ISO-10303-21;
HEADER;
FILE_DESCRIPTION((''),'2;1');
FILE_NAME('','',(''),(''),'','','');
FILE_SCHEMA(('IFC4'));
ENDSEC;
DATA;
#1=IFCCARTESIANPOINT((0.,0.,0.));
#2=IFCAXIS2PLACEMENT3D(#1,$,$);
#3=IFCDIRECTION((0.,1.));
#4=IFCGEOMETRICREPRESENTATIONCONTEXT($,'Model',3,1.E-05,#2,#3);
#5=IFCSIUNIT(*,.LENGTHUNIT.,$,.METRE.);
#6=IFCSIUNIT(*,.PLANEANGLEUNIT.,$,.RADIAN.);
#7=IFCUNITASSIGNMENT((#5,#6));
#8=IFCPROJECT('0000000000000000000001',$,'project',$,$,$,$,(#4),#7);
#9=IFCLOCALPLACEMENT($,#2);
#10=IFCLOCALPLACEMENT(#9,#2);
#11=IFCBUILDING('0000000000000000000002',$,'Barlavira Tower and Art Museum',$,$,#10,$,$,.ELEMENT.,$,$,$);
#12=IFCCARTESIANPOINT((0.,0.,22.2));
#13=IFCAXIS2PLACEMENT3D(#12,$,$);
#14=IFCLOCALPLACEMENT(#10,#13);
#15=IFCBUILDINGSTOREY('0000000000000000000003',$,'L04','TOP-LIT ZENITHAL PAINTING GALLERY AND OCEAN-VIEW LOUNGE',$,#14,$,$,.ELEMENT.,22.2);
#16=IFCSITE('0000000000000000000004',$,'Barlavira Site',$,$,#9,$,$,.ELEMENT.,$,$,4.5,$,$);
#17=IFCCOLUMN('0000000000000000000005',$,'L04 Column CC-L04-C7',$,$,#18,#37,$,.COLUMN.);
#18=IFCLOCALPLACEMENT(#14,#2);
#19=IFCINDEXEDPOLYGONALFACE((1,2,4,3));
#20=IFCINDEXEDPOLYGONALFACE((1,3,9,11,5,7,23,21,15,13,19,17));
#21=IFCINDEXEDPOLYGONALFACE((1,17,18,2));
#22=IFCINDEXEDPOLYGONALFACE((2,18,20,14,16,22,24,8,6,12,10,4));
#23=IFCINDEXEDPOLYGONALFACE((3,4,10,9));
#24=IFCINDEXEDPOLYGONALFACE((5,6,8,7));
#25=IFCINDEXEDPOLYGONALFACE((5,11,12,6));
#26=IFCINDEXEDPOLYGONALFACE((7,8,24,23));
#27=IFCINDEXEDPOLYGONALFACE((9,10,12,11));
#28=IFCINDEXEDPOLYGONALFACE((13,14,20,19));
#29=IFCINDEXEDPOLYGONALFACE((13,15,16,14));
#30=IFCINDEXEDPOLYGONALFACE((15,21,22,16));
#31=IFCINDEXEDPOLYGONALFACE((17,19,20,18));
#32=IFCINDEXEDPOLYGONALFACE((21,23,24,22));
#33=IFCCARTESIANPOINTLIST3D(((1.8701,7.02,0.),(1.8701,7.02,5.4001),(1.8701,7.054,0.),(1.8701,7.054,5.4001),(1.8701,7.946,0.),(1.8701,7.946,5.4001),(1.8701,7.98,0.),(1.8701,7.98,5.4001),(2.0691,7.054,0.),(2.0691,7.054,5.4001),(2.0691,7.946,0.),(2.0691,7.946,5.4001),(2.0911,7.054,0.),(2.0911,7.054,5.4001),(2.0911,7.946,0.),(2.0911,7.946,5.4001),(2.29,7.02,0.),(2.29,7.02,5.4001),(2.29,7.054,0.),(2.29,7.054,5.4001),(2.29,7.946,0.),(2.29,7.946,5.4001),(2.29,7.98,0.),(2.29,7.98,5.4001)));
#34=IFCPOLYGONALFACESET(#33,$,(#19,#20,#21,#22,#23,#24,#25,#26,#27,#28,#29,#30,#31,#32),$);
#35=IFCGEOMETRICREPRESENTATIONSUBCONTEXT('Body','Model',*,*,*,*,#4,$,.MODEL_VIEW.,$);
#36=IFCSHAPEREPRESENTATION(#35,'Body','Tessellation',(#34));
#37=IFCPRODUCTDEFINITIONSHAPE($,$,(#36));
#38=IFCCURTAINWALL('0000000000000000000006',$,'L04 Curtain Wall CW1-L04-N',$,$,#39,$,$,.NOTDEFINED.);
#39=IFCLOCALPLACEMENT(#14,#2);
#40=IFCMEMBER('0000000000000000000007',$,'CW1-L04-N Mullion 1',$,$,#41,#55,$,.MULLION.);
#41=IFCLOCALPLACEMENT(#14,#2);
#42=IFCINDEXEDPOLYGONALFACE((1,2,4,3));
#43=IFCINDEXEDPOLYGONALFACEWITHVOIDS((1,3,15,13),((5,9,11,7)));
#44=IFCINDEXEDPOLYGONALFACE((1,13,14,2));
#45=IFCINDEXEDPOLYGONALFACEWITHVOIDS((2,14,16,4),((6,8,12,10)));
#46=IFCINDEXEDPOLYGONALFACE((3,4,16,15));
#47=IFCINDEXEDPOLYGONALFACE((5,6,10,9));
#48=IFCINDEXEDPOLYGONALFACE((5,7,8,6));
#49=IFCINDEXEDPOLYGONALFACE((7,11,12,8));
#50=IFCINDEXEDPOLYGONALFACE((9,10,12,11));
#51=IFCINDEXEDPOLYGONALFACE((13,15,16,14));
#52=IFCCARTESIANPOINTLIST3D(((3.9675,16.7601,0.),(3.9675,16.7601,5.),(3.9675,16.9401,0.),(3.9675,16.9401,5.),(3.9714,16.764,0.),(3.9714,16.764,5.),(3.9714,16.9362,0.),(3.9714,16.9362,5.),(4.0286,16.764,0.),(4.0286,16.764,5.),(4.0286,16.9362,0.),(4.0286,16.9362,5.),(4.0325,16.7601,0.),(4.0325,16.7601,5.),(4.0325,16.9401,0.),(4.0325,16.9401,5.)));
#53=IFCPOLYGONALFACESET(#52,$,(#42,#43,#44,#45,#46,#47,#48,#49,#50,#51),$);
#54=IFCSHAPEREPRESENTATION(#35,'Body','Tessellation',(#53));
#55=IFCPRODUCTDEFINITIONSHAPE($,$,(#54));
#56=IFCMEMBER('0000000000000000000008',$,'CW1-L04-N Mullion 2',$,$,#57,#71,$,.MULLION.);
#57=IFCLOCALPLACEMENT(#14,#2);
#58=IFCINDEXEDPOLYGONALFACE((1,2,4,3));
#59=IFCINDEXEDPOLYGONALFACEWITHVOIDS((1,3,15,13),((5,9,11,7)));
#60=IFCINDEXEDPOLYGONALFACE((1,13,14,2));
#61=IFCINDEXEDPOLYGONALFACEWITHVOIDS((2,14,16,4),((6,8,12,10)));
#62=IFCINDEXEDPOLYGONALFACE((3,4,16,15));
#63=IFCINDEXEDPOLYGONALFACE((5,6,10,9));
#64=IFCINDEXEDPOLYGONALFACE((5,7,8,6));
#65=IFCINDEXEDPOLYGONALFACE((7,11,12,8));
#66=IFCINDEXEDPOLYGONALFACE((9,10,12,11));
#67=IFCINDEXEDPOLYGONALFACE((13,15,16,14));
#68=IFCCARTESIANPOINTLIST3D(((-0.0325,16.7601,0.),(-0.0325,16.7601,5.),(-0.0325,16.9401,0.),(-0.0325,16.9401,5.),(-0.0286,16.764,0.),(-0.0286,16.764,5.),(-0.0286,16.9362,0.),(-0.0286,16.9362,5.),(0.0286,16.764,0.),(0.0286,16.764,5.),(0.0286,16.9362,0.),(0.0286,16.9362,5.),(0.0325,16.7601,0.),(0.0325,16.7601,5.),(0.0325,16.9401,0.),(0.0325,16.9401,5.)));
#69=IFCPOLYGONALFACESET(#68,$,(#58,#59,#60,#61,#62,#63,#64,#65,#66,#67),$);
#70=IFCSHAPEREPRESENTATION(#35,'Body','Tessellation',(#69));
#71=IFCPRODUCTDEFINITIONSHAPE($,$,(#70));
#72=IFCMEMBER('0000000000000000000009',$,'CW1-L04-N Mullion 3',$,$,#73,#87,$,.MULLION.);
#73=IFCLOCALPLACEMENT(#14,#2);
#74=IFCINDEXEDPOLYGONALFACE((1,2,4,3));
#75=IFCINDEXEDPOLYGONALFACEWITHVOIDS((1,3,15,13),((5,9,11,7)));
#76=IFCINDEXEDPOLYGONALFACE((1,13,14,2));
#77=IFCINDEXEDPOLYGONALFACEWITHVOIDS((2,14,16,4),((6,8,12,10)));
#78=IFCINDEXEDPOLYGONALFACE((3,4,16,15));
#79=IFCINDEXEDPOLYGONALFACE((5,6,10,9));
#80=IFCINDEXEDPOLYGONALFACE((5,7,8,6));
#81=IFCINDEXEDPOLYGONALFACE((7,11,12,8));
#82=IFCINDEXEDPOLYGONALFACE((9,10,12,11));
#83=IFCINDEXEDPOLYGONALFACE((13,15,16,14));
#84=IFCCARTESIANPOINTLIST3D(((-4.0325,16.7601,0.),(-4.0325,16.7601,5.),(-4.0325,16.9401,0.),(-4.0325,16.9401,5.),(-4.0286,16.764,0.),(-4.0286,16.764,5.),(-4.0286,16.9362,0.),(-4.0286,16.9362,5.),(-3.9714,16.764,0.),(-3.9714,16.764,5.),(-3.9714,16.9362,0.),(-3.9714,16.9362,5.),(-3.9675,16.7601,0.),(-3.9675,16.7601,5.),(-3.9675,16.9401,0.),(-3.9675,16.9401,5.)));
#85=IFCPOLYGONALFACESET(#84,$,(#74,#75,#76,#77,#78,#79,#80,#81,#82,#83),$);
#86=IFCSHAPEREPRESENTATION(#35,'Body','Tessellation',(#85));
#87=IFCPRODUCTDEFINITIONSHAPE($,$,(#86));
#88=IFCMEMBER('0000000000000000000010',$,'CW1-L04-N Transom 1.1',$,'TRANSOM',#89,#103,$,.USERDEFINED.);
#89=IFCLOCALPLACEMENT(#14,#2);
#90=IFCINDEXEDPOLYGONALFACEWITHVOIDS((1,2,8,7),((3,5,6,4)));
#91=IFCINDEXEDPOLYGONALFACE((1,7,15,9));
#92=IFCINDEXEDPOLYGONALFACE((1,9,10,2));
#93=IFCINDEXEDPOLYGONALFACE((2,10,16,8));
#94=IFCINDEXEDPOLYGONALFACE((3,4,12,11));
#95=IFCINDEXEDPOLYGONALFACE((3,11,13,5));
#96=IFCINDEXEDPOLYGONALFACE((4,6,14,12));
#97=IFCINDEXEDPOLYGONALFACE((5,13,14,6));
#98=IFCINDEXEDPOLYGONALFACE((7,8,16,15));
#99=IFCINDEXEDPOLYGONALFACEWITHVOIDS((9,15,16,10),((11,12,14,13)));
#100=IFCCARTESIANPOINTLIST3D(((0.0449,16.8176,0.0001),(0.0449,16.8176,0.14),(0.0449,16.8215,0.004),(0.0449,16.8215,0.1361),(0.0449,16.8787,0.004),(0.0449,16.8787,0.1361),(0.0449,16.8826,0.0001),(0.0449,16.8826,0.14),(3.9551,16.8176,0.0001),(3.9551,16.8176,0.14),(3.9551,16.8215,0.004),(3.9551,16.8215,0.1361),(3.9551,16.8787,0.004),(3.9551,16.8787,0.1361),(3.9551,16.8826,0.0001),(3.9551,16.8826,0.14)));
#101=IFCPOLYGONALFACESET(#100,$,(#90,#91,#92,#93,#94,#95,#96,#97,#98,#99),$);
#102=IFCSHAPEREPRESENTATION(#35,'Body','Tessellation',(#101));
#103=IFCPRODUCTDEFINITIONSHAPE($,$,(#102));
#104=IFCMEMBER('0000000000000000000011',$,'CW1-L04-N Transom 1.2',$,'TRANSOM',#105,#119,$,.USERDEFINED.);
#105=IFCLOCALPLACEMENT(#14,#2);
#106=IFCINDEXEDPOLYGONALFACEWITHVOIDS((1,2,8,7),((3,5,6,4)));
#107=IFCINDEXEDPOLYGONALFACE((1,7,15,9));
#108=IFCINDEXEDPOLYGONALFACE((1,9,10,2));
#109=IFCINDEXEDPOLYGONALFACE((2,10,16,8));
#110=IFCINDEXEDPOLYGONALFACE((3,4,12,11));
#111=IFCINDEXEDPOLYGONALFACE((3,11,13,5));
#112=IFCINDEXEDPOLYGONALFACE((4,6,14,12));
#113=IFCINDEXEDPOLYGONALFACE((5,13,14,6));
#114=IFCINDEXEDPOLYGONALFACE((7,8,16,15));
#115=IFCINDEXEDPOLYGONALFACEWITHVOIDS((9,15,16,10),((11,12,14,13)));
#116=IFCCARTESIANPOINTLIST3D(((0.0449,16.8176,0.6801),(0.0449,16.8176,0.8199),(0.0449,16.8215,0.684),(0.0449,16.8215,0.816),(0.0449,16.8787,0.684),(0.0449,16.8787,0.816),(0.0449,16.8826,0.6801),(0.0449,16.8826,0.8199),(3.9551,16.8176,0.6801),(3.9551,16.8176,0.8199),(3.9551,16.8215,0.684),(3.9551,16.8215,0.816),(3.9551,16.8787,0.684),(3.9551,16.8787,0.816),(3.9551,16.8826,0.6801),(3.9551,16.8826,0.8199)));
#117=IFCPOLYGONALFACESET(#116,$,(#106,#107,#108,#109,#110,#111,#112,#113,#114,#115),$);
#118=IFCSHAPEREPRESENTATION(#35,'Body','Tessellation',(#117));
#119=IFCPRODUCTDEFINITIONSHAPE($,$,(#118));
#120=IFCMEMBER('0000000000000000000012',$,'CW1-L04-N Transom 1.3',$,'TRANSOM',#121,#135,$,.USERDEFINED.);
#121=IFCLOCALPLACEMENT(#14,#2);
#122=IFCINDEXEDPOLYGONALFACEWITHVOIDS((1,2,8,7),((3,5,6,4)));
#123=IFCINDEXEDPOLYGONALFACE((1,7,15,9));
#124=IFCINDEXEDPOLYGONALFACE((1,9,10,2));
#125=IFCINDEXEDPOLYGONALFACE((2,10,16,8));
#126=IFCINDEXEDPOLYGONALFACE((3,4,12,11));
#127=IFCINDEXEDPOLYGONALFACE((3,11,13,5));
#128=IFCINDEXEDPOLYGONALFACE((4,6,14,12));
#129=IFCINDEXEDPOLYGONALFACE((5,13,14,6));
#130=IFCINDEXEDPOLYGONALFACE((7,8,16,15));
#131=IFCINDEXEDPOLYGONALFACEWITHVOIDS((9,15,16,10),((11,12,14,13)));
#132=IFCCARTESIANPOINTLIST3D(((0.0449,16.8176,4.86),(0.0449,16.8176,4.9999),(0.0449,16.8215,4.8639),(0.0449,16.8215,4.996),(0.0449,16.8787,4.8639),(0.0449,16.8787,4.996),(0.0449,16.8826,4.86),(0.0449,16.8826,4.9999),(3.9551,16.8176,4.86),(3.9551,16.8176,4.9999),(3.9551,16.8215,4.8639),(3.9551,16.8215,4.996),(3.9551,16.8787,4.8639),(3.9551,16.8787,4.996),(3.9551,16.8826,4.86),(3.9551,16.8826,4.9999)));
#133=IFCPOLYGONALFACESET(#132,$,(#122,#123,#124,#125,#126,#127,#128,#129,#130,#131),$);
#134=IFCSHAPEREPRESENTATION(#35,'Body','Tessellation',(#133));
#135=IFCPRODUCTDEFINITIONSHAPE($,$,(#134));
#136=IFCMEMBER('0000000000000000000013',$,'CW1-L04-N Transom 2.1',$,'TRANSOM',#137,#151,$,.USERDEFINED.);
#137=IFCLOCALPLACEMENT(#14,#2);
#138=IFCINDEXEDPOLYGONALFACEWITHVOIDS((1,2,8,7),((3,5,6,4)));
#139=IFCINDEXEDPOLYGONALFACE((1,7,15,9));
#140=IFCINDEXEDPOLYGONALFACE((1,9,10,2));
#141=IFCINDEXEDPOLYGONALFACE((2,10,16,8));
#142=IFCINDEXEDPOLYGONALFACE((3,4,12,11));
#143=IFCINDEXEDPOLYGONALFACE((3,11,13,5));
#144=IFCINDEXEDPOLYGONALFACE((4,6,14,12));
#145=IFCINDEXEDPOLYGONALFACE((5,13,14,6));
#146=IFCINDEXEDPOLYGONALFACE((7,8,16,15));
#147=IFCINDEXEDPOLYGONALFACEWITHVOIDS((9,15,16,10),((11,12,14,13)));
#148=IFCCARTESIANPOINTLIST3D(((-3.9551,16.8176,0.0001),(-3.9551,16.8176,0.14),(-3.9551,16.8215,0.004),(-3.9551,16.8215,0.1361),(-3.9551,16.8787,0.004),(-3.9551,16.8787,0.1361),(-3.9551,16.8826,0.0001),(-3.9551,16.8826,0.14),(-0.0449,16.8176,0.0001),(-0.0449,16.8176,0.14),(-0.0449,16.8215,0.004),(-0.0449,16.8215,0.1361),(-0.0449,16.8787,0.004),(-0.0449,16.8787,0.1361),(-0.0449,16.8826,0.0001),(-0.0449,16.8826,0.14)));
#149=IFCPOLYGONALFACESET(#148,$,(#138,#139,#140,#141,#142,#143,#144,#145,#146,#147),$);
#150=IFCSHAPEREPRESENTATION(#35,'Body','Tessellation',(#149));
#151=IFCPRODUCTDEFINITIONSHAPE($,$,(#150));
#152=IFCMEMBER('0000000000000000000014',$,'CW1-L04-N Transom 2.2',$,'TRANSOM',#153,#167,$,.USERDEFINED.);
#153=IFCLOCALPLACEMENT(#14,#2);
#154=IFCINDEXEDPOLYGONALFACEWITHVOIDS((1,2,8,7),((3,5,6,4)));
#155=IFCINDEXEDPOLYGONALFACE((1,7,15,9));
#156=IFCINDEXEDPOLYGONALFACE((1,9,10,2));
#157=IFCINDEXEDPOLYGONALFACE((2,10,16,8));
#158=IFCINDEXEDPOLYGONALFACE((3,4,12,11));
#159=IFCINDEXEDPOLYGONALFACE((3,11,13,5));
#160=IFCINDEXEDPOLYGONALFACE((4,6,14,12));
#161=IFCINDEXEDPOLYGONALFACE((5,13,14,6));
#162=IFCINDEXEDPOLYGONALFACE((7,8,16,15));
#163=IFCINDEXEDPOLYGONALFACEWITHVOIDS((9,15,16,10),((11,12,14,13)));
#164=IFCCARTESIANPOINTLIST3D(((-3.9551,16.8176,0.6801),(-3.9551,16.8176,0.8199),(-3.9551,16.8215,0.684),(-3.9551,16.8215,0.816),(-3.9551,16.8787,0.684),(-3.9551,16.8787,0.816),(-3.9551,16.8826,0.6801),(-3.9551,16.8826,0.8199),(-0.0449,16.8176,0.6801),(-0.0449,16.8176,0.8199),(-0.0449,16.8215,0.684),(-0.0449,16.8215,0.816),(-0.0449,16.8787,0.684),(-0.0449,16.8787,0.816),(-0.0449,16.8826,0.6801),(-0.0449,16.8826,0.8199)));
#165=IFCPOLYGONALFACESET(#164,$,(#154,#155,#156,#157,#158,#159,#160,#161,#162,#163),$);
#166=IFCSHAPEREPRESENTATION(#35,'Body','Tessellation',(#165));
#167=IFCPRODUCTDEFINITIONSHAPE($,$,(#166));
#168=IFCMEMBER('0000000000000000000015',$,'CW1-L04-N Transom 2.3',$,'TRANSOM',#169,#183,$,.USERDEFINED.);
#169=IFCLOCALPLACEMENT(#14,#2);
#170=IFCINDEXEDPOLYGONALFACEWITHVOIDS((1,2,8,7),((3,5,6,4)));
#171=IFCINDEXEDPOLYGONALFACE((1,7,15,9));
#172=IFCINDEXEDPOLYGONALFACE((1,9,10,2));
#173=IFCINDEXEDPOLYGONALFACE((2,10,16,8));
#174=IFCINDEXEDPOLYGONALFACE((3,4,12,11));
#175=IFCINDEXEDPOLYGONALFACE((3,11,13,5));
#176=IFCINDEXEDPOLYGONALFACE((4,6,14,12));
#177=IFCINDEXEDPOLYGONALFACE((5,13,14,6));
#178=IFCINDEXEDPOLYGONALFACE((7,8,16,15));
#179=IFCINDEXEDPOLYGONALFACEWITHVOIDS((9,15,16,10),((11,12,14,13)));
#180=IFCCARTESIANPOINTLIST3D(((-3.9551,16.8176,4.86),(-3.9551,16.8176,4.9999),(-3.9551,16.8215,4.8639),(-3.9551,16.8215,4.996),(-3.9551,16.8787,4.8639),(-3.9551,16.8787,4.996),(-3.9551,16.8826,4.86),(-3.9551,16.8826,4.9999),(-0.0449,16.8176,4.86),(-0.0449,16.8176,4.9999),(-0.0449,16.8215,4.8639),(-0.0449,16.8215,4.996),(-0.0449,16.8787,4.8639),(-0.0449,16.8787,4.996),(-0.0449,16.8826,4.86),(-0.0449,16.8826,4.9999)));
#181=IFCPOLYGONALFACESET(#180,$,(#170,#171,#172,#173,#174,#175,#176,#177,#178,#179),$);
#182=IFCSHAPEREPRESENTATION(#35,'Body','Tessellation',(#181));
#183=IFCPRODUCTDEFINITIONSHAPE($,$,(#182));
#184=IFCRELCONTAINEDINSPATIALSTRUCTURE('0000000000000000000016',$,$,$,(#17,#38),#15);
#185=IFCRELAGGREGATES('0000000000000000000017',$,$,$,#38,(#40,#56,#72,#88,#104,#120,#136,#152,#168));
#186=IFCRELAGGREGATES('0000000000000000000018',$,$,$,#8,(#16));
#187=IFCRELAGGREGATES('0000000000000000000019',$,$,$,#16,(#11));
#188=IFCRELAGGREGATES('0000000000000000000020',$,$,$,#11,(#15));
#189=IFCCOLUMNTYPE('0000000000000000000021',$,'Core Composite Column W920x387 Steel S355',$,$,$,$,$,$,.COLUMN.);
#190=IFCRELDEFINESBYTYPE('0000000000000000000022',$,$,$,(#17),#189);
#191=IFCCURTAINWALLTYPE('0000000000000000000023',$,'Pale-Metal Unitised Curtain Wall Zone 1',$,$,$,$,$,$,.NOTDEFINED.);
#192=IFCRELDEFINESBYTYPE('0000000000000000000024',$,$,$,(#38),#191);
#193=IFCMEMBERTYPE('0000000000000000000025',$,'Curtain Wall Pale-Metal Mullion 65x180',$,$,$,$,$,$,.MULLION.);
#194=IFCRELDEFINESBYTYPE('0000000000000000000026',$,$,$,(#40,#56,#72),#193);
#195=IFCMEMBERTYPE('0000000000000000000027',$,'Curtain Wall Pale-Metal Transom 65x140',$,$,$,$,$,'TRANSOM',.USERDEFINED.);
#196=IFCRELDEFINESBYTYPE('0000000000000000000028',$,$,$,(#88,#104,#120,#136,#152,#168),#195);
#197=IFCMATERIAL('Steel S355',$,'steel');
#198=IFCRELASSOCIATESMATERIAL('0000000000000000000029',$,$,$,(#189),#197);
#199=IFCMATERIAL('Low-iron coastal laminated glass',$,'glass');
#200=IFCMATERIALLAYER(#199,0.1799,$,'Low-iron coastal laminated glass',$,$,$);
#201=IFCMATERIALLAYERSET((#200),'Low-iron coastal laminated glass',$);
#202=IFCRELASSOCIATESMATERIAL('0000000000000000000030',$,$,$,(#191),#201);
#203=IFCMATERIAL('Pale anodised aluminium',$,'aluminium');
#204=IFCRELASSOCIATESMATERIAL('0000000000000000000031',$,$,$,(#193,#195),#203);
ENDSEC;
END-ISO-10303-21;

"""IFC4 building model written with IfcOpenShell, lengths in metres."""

from ifc_helpers import new_model, si_unit, direction, frame, origin, origin_2d, place, context, subcontext, project, spatial, hollow_rectangle, i_section, extrude, material, layer, layer_set, material_profile, profile_set, type_object, element, aggregate, save


model = new_model("IFC4")

# Units and contexts
model_context = context("Model", 3, precision=1e-05, world=origin(), true_north=direction((0.0, 1.0)))
body_context = subcontext(model_context, "Body", "Model", "MODEL_VIEW")
ifc_project = project(units=[si_unit("LENGTHUNIT", "METRE"), si_unit("PLANEANGLEUNIT", "RADIAN")], contexts=[model_context])

# Site, building, storey
site_placement = place(None, origin())
site = spatial("IfcSite", under=ifc_project, at=site_placement, Name="Barlavira Site", CompositionType="ELEMENT", RefElevation=4.5)
building_placement = place(site_placement, origin())
building = spatial("IfcBuilding", under=site, at=building_placement, Name="Barlavira Tower and Art Museum", CompositionType="ELEMENT")
storey_placement = place(building_placement, frame((0.0, 0.0, 22.2)))
storey = spatial("IfcBuildingStorey", under=building, at=storey_placement, Name="L04", Description="TOP-LIT ZENITHAL PAINTING GALLERY AND OCEAN-VIEW LOUNGE", CompositionType="ELEMENT", Elevation=22.2)

# Column
ifc_material_1 = material(Name="Steel S355", Category="steel")
ifc_material_profile_1 = material_profile(ifc_material_1, i_section(OverallWidth=0.4199, OverallDepth=0.96, WebThickness=0.022, FlangeThickness=0.0339, at=origin_2d()), Name="W920x387.0")
ifc_profile_set_1 = profile_set([ifc_material_profile_1], Name="Steel S355")
column_type = type_object("IfcColumnType", Name="Core Composite Column W920x387 Steel S355", PredefinedType="COLUMN", material=ifc_profile_set_1)
column_placement = place(storey_placement, frame((2.0801, 7.5, 0.0), z_axis=(0.0, 0.0, 1.0), x_axis=(1.0, 0.0, 0.0)))
element("IfcColumn", 1, at=column_placement, inside=storey, type_object=column_type, Name="L04 Column CC-L04-C7", PredefinedType="COLUMN", context=body_context, shape_type="SweptSolid", body=[
    extrude(i_section(OverallWidth=0.4199, OverallDepth=0.96, WebThickness=0.022, FlangeThickness=0.0339, at=origin_2d()), origin(), (0.0, 0.0, 1.0), 5.4001),
])

# Curtain wall, members
ifc_material_2 = material(Name="Low-iron coastal laminated glass", Category="glass")
ifc_layer_1 = layer(ifc_material_2, 0.1799, Name="Low-iron coastal laminated glass")
ifc_layer_set_1 = layer_set([ifc_layer_1], Name="Low-iron coastal laminated glass")
curtain_wall_type = type_object("IfcCurtainWallType", Name="Pale-Metal Unitised Curtain Wall Zone 1", PredefinedType="NOTDEFINED", material=ifc_layer_set_1)
curtain_wall_placement = place(storey_placement, origin())
curtain_wall = element("IfcCurtainWall", 2, at=curtain_wall_placement, inside=storey, type_object=curtain_wall_type, Name="L04 Curtain Wall CW1-L04-N", PredefinedType="NOTDEFINED")
ifc_material_3 = material(Name="Pale anodised aluminium", Category="aluminium")
ifc_material_profile_2 = material_profile(ifc_material_3, hollow_rectangle(XDim=0.0649, YDim=0.1799, WallThickness=0.0039, at=origin_2d()), Name="ALU-MULL 65x180x4")
ifc_profile_set_2 = profile_set([ifc_material_profile_2], Name="Pale anodised aluminium")
member_type_1 = type_object("IfcMemberType", Name="Curtain Wall Pale-Metal Mullion 65x180", PredefinedType="MULLION", material=ifc_profile_set_2)
member_1_placement = place(storey_placement, frame((4.0, 16.8501, 0.0), z_axis=(0.0, 0.0, 1.0), x_axis=(-1.0, 0.0, 0.0)))
member_1 = element("IfcMember", 3, at=member_1_placement, type_object=member_type_1, Name="CW1-L04-N Mullion 1", PredefinedType="MULLION", context=body_context, shape_type="SweptSolid", body=[
    extrude(hollow_rectangle(XDim=0.0649, YDim=0.1799, WallThickness=0.0039, at=origin_2d()), origin(), (0.0, 0.0, 1.0), 5.0),
])
member_2_placement = place(storey_placement, frame((0.0, 16.8501, 0.0), z_axis=(0.0, 0.0, 1.0), x_axis=(-1.0, 0.0, 0.0)))
member_2 = element("IfcMember", 4, at=member_2_placement, type_object=member_type_1, Name="CW1-L04-N Mullion 2", PredefinedType="MULLION", context=body_context, shape_type="SweptSolid", body=[
    extrude(hollow_rectangle(XDim=0.0649, YDim=0.1799, WallThickness=0.0039, at=origin_2d()), origin(), (0.0, 0.0, 1.0), 5.0),
])
member_3_placement = place(storey_placement, frame((-4.0, 16.8501, 0.0), z_axis=(0.0, 0.0, 1.0), x_axis=(-1.0, 0.0, 0.0)))
member_3 = element("IfcMember", 5, at=member_3_placement, type_object=member_type_1, Name="CW1-L04-N Mullion 3", PredefinedType="MULLION", context=body_context, shape_type="SweptSolid", body=[
    extrude(hollow_rectangle(XDim=0.0649, YDim=0.1799, WallThickness=0.0039, at=origin_2d()), origin(), (0.0, 0.0, 1.0), 5.0),
])
ifc_material_profile_3 = material_profile(ifc_material_3, hollow_rectangle(XDim=0.0649, YDim=0.1399, WallThickness=0.0039, at=origin_2d()), Name="ALU-TRAN 65x140x4")
ifc_profile_set_3 = profile_set([ifc_material_profile_3], Name="Pale anodised aluminium")
member_type_2 = type_object("IfcMemberType", Name="Curtain Wall Pale-Metal Transom 65x140", ElementType="TRANSOM", PredefinedType="USERDEFINED", material=ifc_profile_set_3)
member_4_placement = place(storey_placement, frame((3.9551, 16.8501, 0.0701), z_axis=(-1.0, 0.0, 0.0), x_axis=(0.0, -1.0, 0.0)))
member_4 = element("IfcMember", 6, at=member_4_placement, type_object=member_type_2, Name="CW1-L04-N Transom 1.1", ObjectType="TRANSOM", PredefinedType="USERDEFINED", context=body_context, shape_type="SweptSolid", body=[
    extrude(hollow_rectangle(XDim=0.0649, YDim=0.1399, WallThickness=0.0039, at=origin_2d()), origin(), (0.0, 0.0, 1.0), 3.9102),
])
member_5_placement = place(storey_placement, frame((3.9551, 16.8501, 0.75), z_axis=(-1.0, 0.0, 0.0), x_axis=(0.0, -1.0, 0.0)))
member_5 = element("IfcMember", 7, at=member_5_placement, type_object=member_type_2, Name="CW1-L04-N Transom 1.2", ObjectType="TRANSOM", PredefinedType="USERDEFINED", context=body_context, shape_type="SweptSolid", body=[
    extrude(hollow_rectangle(XDim=0.0649, YDim=0.1399, WallThickness=0.0039, at=origin_2d()), origin(), (0.0, 0.0, 1.0), 3.9102),
])
member_6_placement = place(storey_placement, frame((3.9551, 16.8501, 4.9299), z_axis=(-1.0, 0.0, 0.0), x_axis=(0.0, -1.0, 0.0)))
member_6 = element("IfcMember", 8, at=member_6_placement, type_object=member_type_2, Name="CW1-L04-N Transom 1.3", ObjectType="TRANSOM", PredefinedType="USERDEFINED", context=body_context, shape_type="SweptSolid", body=[
    extrude(hollow_rectangle(XDim=0.0649, YDim=0.1399, WallThickness=0.0039, at=origin_2d()), origin(), (0.0, 0.0, 1.0), 3.9102),
])
member_7_placement = place(storey_placement, frame((-0.0449, 16.8501, 0.0701), z_axis=(-1.0, 0.0, 0.0), x_axis=(0.0, -1.0, 0.0)))
member_7 = element("IfcMember", 9, at=member_7_placement, type_object=member_type_2, Name="CW1-L04-N Transom 2.1", ObjectType="TRANSOM", PredefinedType="USERDEFINED", context=body_context, shape_type="SweptSolid", body=[
    extrude(hollow_rectangle(XDim=0.0649, YDim=0.1399, WallThickness=0.0039, at=origin_2d()), origin(), (0.0, 0.0, 1.0), 3.9102),
])
member_8_placement = place(storey_placement, frame((-0.0449, 16.8501, 0.75), z_axis=(-1.0, 0.0, 0.0), x_axis=(0.0, -1.0, 0.0)))
member_8 = element("IfcMember", 10, at=member_8_placement, type_object=member_type_2, Name="CW1-L04-N Transom 2.2", ObjectType="TRANSOM", PredefinedType="USERDEFINED", context=body_context, shape_type="SweptSolid", body=[
    extrude(hollow_rectangle(XDim=0.0649, YDim=0.1399, WallThickness=0.0039, at=origin_2d()), origin(), (0.0, 0.0, 1.0), 3.9102),
])
member_9_placement = place(storey_placement, frame((-0.0449, 16.8501, 4.9299), z_axis=(-1.0, 0.0, 0.0), x_axis=(0.0, -1.0, 0.0)))
member_9 = element("IfcMember", 11, at=member_9_placement, type_object=member_type_2, Name="CW1-L04-N Transom 2.3", ObjectType="TRANSOM", PredefinedType="USERDEFINED", context=body_context, shape_type="SweptSolid", body=[
    extrude(hollow_rectangle(XDim=0.0649, YDim=0.1399, WallThickness=0.0039, at=origin_2d()), origin(), (0.0, 0.0, 1.0), 3.9102),
])

aggregate(curtain_wall, [member_1, member_2, member_3, member_4, member_5, member_6, member_7, member_8, member_9])

save(model, "model.ifc")
